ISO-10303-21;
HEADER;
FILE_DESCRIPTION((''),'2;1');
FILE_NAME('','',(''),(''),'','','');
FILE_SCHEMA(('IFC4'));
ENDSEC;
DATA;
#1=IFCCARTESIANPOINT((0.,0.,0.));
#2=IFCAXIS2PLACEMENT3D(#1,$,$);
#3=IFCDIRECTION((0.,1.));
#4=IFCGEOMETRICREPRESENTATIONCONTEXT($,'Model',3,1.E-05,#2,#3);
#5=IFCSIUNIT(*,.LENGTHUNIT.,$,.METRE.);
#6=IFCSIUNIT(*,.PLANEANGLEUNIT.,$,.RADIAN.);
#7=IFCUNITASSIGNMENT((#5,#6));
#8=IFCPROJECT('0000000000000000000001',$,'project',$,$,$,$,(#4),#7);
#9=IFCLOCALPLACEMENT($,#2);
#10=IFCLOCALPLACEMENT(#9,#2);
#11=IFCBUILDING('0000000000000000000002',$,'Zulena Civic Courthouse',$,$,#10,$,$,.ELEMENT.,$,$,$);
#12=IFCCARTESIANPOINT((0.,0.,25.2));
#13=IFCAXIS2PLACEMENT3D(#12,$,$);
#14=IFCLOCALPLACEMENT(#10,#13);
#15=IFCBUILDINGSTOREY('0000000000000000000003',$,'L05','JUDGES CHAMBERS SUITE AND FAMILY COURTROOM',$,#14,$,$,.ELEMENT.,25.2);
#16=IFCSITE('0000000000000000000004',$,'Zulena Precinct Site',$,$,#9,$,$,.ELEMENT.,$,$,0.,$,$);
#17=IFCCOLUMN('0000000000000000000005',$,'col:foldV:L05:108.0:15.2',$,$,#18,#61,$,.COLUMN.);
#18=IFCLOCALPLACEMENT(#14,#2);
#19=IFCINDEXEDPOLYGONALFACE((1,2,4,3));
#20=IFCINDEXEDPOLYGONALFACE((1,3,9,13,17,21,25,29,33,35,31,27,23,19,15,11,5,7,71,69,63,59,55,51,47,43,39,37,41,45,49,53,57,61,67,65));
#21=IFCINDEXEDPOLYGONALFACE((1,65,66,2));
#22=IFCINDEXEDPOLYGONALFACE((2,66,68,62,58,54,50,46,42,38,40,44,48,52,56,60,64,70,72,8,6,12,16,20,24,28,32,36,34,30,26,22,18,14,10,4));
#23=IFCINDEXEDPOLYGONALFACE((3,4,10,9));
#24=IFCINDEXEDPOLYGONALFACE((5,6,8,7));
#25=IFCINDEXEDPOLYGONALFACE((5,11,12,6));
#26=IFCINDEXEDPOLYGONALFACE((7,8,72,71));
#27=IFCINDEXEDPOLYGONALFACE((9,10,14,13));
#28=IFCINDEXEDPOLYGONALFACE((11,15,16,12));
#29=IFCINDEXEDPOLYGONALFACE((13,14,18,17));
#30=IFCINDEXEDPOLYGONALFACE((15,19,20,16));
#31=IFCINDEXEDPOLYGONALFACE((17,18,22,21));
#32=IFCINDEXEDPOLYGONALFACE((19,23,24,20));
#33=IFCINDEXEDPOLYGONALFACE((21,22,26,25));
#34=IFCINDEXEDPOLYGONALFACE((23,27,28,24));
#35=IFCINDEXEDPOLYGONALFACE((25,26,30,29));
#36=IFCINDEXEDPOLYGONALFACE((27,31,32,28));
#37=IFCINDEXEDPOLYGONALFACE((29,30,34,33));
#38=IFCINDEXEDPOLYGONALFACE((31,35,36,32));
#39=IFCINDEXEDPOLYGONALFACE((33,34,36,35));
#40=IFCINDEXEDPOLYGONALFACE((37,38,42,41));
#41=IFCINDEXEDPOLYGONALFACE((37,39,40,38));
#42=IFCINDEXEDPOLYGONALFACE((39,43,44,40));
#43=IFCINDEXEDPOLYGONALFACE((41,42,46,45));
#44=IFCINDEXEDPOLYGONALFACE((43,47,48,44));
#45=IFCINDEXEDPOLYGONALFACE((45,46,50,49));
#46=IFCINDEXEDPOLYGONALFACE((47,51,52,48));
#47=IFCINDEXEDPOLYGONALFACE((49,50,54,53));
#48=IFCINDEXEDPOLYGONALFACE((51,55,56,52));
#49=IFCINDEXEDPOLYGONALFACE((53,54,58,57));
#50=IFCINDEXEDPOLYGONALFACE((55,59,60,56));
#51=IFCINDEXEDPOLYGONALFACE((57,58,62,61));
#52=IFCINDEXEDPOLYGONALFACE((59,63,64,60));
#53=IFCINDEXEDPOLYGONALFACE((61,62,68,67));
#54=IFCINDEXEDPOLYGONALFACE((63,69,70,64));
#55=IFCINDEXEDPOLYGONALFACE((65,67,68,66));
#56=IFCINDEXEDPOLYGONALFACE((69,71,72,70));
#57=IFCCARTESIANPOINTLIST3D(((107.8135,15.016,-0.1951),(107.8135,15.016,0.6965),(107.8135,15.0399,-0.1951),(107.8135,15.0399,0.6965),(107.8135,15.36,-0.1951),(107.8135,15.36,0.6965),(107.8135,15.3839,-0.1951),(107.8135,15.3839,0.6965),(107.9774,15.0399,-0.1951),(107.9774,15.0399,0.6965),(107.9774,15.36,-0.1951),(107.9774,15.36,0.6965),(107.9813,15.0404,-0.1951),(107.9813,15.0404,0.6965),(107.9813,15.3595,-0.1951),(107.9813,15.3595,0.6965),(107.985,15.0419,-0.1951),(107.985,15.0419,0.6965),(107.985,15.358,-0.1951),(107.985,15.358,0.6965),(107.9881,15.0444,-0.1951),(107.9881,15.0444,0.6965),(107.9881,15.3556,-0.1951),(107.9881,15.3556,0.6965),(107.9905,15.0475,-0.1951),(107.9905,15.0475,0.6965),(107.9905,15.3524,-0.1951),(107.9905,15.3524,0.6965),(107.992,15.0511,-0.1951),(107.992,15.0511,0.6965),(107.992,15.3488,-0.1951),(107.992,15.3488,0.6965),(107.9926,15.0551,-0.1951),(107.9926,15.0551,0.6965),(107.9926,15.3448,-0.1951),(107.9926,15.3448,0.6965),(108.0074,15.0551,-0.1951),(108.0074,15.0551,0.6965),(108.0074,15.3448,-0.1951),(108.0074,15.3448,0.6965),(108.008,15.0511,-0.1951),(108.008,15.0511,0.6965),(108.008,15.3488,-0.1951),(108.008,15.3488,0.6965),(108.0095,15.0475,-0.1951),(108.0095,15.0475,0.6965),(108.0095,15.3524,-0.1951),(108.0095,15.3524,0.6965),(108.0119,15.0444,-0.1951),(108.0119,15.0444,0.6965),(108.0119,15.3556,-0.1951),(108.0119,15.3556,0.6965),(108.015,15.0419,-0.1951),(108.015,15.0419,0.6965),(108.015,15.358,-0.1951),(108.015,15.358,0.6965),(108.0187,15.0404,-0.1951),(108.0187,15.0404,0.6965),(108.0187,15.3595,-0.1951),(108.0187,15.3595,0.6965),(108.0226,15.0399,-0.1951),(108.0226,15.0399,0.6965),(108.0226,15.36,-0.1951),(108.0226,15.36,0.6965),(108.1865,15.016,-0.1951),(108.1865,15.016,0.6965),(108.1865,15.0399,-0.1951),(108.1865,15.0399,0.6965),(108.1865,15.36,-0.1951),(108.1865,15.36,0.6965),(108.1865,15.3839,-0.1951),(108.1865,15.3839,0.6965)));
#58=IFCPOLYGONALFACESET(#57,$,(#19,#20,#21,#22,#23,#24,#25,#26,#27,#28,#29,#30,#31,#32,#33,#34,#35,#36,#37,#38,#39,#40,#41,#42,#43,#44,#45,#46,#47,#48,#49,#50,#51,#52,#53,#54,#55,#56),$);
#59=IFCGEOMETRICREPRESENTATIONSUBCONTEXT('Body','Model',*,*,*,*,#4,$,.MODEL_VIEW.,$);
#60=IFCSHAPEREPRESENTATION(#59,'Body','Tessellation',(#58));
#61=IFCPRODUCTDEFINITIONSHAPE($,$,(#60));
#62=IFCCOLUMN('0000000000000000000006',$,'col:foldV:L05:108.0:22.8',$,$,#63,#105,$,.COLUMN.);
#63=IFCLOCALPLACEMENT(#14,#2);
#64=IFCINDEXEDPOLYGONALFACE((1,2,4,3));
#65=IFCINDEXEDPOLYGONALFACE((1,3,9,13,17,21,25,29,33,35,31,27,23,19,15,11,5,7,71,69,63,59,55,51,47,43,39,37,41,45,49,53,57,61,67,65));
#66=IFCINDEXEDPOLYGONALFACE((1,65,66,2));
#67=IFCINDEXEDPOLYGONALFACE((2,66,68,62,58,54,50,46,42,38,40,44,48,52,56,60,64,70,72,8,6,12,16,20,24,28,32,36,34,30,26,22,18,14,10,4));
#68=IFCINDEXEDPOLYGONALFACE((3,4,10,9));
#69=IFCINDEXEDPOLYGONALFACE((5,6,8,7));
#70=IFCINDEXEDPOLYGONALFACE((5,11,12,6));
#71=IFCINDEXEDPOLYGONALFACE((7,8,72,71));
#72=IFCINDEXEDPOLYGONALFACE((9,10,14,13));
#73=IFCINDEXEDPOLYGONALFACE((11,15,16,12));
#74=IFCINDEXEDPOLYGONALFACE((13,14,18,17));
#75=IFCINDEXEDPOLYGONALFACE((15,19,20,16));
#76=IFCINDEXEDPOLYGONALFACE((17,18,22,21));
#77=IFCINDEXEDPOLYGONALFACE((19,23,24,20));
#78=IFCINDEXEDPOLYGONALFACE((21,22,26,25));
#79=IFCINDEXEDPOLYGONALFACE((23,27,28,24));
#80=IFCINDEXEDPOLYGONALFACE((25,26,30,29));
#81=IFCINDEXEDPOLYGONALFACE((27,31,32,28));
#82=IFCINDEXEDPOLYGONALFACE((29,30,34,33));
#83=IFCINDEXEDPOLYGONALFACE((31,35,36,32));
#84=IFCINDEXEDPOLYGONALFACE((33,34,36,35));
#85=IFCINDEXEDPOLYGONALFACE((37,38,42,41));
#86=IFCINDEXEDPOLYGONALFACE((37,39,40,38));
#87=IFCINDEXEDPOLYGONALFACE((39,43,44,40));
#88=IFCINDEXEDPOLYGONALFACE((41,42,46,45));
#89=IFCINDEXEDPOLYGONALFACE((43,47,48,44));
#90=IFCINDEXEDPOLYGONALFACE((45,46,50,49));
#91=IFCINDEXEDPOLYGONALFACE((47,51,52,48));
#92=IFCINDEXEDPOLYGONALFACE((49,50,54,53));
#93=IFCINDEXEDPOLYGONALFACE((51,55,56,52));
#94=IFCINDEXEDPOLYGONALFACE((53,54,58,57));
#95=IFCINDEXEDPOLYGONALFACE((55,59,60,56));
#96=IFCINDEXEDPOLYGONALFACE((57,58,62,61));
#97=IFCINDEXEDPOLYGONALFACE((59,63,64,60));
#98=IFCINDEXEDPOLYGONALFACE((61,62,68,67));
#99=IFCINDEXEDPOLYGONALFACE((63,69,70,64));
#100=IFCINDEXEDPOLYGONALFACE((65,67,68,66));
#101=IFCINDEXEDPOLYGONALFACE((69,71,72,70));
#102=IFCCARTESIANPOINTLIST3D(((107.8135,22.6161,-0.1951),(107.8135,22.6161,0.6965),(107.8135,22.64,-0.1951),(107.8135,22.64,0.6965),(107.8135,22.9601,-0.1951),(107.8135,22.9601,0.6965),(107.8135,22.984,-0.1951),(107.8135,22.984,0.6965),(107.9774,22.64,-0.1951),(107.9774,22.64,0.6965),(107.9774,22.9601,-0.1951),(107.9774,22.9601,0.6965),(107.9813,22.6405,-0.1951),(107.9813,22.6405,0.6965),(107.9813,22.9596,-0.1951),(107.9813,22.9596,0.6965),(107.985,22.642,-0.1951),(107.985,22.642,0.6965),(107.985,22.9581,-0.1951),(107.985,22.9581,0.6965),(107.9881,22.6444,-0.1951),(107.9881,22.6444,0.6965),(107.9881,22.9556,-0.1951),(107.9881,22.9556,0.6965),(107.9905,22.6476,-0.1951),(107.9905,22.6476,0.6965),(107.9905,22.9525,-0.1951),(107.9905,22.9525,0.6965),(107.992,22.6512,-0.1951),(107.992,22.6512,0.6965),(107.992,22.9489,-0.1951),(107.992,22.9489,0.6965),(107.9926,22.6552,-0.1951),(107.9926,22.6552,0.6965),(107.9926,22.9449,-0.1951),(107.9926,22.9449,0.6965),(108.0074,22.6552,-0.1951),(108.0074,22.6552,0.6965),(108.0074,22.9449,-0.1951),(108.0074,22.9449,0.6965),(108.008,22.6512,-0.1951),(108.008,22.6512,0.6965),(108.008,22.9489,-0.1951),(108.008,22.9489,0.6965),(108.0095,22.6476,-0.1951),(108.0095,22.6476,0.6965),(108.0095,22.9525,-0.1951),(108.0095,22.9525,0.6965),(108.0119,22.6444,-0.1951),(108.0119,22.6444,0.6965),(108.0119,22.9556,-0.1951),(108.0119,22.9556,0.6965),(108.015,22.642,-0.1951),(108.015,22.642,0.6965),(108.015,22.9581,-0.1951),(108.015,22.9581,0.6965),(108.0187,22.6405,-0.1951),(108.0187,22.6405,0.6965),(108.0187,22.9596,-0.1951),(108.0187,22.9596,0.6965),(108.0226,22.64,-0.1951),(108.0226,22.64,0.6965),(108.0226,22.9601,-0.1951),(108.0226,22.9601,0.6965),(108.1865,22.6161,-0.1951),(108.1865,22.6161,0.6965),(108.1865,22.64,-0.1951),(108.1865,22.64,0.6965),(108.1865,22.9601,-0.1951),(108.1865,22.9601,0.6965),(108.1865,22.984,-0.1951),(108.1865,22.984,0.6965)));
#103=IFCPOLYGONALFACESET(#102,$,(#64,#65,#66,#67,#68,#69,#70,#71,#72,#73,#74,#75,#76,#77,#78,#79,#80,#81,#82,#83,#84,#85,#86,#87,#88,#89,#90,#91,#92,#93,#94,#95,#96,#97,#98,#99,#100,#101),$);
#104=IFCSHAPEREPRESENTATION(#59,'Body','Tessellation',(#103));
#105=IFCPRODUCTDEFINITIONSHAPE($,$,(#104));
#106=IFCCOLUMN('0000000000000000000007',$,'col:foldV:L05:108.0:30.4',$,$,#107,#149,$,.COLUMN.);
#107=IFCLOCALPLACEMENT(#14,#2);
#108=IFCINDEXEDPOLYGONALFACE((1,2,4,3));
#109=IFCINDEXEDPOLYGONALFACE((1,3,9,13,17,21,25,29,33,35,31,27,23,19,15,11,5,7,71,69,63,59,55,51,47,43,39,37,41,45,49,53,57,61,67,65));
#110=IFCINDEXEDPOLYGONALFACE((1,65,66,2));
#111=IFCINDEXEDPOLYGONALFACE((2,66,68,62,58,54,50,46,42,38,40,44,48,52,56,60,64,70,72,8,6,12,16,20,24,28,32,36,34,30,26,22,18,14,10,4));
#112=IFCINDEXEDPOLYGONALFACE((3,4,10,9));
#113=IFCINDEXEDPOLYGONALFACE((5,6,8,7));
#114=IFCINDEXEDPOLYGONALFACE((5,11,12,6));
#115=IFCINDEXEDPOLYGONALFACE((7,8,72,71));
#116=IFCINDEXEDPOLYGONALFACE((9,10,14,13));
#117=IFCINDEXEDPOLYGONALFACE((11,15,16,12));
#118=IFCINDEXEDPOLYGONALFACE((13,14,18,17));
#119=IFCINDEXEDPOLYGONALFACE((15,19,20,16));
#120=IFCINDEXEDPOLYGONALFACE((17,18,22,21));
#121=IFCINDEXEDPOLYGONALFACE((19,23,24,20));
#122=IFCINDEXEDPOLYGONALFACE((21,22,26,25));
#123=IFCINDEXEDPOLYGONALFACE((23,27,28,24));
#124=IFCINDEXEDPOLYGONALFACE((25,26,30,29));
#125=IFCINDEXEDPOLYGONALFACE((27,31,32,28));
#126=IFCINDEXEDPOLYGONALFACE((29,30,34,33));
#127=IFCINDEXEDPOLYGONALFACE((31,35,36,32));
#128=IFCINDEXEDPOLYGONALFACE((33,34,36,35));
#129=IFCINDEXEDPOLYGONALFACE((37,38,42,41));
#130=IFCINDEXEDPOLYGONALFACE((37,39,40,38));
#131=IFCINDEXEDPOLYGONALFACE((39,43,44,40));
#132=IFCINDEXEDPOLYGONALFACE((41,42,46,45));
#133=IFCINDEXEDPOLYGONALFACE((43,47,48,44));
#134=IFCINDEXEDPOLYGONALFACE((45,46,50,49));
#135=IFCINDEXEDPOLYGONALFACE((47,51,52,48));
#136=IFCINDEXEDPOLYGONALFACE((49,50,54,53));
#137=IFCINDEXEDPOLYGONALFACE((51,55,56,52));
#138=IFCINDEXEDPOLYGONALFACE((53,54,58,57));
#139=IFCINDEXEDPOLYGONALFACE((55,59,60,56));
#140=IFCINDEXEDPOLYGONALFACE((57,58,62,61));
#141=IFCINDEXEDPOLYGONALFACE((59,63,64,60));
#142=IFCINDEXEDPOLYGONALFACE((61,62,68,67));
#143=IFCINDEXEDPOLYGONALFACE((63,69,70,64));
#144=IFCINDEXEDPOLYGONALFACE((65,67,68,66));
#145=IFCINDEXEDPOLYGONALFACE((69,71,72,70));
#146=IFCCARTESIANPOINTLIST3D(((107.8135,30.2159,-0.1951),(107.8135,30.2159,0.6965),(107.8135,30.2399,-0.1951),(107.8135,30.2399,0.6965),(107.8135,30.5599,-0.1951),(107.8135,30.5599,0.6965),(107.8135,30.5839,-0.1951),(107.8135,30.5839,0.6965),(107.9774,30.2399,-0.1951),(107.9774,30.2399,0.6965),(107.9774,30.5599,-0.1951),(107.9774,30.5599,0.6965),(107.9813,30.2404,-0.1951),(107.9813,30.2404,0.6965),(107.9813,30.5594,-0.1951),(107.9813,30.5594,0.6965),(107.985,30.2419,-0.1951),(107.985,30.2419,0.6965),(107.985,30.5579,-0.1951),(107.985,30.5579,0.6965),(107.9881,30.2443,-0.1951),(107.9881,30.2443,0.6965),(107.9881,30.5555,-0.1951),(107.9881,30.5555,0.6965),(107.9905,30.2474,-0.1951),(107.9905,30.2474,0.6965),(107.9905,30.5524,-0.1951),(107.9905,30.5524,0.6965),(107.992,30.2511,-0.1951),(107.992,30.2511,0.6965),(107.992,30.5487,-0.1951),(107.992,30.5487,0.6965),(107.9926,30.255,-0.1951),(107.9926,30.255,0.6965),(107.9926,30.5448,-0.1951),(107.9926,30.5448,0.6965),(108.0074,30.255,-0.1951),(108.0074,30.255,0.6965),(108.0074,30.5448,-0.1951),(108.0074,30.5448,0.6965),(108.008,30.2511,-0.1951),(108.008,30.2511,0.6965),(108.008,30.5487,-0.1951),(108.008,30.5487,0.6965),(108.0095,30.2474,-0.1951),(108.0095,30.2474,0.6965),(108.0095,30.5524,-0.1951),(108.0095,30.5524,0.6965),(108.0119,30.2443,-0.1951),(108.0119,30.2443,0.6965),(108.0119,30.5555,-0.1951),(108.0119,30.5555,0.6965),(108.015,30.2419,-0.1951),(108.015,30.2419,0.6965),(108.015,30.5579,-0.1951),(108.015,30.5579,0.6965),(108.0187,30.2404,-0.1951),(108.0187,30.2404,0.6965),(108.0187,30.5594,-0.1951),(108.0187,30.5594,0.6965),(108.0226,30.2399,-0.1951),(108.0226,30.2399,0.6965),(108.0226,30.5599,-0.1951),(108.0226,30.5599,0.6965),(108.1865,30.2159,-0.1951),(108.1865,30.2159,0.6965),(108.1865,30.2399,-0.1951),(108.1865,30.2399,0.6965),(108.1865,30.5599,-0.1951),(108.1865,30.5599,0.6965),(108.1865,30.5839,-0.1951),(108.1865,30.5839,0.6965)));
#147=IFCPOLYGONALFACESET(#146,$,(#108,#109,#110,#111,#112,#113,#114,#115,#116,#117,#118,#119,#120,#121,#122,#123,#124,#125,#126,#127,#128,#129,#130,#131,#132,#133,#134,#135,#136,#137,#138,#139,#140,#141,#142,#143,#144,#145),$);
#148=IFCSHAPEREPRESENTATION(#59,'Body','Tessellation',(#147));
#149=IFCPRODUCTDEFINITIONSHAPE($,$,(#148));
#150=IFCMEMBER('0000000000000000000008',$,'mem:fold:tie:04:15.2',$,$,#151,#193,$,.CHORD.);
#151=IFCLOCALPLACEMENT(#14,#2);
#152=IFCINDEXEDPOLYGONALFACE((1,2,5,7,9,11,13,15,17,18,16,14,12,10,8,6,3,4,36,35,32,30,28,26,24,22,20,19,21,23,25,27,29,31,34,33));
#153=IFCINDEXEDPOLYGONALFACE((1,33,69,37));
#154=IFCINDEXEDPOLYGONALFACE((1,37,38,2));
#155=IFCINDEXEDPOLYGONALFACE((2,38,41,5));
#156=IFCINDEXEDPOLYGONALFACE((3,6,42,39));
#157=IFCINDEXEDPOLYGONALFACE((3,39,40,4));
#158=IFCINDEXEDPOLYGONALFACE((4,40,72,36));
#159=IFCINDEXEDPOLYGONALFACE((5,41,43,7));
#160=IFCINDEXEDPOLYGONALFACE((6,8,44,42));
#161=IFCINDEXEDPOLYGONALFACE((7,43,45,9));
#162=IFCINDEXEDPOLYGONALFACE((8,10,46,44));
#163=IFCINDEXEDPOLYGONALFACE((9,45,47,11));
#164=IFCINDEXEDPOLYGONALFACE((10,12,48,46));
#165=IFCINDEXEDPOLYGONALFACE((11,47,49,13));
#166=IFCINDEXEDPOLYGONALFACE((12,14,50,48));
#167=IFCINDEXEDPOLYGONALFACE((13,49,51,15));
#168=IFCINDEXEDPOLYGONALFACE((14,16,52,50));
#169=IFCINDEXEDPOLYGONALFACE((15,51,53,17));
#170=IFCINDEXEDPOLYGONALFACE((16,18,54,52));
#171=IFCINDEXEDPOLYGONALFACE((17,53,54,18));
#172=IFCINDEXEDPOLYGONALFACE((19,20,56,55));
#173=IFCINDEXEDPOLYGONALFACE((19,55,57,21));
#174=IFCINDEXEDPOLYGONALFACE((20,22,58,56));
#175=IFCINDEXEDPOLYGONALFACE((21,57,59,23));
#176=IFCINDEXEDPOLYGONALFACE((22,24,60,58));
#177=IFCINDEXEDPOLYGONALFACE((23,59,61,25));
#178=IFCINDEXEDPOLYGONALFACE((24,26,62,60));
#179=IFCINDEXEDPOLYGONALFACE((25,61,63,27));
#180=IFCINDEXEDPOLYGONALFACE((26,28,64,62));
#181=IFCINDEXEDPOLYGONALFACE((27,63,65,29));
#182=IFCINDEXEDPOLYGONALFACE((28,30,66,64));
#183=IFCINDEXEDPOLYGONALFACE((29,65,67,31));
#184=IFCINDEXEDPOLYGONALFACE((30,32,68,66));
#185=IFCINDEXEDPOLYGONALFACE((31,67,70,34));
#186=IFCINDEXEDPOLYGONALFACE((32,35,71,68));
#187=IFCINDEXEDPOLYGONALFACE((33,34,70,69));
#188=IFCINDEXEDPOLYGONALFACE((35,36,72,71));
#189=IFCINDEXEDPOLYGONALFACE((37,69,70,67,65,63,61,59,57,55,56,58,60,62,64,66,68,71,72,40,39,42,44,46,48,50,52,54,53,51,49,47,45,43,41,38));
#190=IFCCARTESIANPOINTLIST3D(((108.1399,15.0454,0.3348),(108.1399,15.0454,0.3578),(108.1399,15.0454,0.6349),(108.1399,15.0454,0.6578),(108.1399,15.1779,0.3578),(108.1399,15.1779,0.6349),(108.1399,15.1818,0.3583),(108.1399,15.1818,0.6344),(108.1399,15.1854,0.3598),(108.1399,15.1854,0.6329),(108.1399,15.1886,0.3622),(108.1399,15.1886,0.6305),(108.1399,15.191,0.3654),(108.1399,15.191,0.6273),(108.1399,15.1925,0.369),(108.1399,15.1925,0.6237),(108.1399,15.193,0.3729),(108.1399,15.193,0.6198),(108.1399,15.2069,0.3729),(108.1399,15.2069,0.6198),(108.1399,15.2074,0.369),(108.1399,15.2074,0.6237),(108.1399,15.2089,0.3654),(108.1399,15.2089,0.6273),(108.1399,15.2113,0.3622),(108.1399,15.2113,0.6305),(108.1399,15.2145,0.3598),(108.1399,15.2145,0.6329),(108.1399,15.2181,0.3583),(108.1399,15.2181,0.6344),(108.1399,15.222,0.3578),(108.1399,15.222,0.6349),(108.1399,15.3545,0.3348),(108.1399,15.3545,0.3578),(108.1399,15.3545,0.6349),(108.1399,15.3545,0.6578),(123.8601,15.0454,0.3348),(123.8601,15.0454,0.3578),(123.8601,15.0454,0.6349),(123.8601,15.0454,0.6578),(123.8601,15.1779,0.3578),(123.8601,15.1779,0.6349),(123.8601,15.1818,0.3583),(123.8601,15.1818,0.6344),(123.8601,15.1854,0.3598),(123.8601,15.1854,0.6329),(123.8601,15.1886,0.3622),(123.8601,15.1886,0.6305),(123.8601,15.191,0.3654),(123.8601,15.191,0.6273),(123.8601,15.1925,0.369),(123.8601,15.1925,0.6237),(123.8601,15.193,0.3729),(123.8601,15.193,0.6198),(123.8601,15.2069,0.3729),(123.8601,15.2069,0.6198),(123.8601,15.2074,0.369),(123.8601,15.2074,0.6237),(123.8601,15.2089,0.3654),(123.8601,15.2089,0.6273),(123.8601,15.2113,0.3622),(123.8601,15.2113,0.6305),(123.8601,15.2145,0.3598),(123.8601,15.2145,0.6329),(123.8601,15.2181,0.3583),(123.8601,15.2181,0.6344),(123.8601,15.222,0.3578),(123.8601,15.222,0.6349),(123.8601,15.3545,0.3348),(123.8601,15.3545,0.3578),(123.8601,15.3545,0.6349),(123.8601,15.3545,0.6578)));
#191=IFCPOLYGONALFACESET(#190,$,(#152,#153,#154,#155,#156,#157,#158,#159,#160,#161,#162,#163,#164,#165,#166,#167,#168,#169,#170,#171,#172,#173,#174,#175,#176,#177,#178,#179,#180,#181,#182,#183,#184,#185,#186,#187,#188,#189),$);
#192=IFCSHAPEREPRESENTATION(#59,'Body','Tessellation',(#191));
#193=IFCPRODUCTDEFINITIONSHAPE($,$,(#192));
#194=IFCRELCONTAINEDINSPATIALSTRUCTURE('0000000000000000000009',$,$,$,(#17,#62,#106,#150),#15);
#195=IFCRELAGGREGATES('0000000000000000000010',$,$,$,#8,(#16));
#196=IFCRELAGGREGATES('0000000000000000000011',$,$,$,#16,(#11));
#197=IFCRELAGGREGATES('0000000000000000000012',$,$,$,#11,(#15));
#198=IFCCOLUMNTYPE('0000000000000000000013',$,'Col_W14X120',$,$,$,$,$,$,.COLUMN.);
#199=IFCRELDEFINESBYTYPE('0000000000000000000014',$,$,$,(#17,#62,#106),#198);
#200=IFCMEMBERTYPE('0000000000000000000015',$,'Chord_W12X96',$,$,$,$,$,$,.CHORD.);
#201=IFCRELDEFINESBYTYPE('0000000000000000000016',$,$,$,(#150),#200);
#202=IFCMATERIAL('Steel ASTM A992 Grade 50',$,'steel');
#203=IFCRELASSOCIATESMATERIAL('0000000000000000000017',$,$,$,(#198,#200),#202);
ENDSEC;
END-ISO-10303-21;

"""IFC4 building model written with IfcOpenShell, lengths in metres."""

from ifc_helpers import new_model, si_unit, direction, frame, origin, origin_2d, place, context, subcontext, project, spatial, i_section, extrude, material, material_profile, profile_set, type_object, element, save


model = new_model("IFC4")

# Units and contexts
model_context = context("Model", 3, precision=1e-05, world=origin(), true_north=direction((0.0, 1.0)))
body_context = subcontext(model_context, "Body", "Model", "MODEL_VIEW")
ifc_project = project(units=[si_unit("LENGTHUNIT", "METRE"), si_unit("PLANEANGLEUNIT", "RADIAN")], contexts=[model_context])

# Site, building, storey
site_placement = place(None, origin())
site = spatial("IfcSite", under=ifc_project, at=site_placement, Name="Zulena Precinct Site", CompositionType="ELEMENT", RefElevation=0.0)
building_placement = place(site_placement, origin())
building = spatial("IfcBuilding", under=site, at=building_placement, Name="Zulena Civic Courthouse", CompositionType="ELEMENT")
storey_placement = place(building_placement, frame((0.0, 0.0, 25.2)))
storey = spatial("IfcBuildingStorey", under=building, at=storey_placement, Name="L05", Description="JUDGES CHAMBERS SUITE AND FAMILY COURTROOM", CompositionType="ELEMENT", Elevation=25.2)

# Columns
ifc_material_1 = material(Name="Steel ASTM A992 Grade 50", Category="steel")
ifc_material_profile_1 = material_profile(ifc_material_1, i_section(OverallWidth=0.373, OverallDepth=0.3679, WebThickness=0.0149, FlangeThickness=0.0239, FilletRadius=0.0151, at=origin_2d()), Name="W14X120")
ifc_profile_set_1 = profile_set([ifc_material_profile_1], Name="Steel ASTM A992 Grade 50")
column_type = type_object("IfcColumnType", Name="Col_W14X120", PredefinedType="COLUMN", material=ifc_profile_set_1)
for number, where, z_axis, x_axis, name in (
    (1, (108.0, 15.2, -0.1951), (0.0, 0.0, 1.0), (1.0, 0.0, 0.0), "col:foldV:L05:108.0:15.2"),
    (2, (108.0, 22.8, -0.1951), (0.0, 0.0, 1.0), (1.0, 0.0, 0.0), "col:foldV:L05:108.0:22.8"),
    (3, (108.0, 30.3999, -0.1951), (0.0, 0.0, 1.0), (1.0, 0.0, 0.0), "col:foldV:L05:108.0:30.4"),
):
    element("IfcColumn", number, at=place(storey_placement, frame(where, z_axis=z_axis, x_axis=x_axis)), inside=storey, type_object=column_type, Name=name, PredefinedType="COLUMN", context=body_context, shape_type="SweptSolid", body=[
        extrude(i_section(OverallWidth=0.373, OverallDepth=0.3679, WebThickness=0.0149, FlangeThickness=0.0239, FilletRadius=0.0151, at=origin_2d()), origin(), (0.0, 0.0, 1.0), 0.8916),
    ])

# Member
ifc_material_profile_2 = material_profile(ifc_material_1, i_section(OverallWidth=0.3091, OverallDepth=0.323, WebThickness=0.0139, FlangeThickness=0.0229, FilletRadius=0.0151, at=origin_2d()), Name="W12X96")
ifc_profile_set_2 = profile_set([ifc_material_profile_2], Name="Steel ASTM A992 Grade 50")
member_type_1 = type_object("IfcMemberType", Name="Chord_W12X96", PredefinedType="CHORD", material=ifc_profile_set_2)
for number, where, z_axis, x_axis, name in (
    (4, (108.1399, 15.2, 0.4963), (1.0, 0.0, 0.0), (0.0, 1.0, 0.0), "mem:fold:tie:04:15.2"),
):
    element("IfcMember", number, at=place(storey_placement, frame(where, z_axis=z_axis, x_axis=x_axis)), inside=storey, type_object=member_type_1, Name=name, PredefinedType="CHORD", context=body_context, shape_type="SweptSolid", body=[
        extrude(i_section(OverallWidth=0.3091, OverallDepth=0.323, WebThickness=0.0139, FlangeThickness=0.0229, FilletRadius=0.0151, at=origin_2d()), origin(), (0.0, 0.0, 1.0), 15.7202),
    ])

save(model, "model.ifc")
